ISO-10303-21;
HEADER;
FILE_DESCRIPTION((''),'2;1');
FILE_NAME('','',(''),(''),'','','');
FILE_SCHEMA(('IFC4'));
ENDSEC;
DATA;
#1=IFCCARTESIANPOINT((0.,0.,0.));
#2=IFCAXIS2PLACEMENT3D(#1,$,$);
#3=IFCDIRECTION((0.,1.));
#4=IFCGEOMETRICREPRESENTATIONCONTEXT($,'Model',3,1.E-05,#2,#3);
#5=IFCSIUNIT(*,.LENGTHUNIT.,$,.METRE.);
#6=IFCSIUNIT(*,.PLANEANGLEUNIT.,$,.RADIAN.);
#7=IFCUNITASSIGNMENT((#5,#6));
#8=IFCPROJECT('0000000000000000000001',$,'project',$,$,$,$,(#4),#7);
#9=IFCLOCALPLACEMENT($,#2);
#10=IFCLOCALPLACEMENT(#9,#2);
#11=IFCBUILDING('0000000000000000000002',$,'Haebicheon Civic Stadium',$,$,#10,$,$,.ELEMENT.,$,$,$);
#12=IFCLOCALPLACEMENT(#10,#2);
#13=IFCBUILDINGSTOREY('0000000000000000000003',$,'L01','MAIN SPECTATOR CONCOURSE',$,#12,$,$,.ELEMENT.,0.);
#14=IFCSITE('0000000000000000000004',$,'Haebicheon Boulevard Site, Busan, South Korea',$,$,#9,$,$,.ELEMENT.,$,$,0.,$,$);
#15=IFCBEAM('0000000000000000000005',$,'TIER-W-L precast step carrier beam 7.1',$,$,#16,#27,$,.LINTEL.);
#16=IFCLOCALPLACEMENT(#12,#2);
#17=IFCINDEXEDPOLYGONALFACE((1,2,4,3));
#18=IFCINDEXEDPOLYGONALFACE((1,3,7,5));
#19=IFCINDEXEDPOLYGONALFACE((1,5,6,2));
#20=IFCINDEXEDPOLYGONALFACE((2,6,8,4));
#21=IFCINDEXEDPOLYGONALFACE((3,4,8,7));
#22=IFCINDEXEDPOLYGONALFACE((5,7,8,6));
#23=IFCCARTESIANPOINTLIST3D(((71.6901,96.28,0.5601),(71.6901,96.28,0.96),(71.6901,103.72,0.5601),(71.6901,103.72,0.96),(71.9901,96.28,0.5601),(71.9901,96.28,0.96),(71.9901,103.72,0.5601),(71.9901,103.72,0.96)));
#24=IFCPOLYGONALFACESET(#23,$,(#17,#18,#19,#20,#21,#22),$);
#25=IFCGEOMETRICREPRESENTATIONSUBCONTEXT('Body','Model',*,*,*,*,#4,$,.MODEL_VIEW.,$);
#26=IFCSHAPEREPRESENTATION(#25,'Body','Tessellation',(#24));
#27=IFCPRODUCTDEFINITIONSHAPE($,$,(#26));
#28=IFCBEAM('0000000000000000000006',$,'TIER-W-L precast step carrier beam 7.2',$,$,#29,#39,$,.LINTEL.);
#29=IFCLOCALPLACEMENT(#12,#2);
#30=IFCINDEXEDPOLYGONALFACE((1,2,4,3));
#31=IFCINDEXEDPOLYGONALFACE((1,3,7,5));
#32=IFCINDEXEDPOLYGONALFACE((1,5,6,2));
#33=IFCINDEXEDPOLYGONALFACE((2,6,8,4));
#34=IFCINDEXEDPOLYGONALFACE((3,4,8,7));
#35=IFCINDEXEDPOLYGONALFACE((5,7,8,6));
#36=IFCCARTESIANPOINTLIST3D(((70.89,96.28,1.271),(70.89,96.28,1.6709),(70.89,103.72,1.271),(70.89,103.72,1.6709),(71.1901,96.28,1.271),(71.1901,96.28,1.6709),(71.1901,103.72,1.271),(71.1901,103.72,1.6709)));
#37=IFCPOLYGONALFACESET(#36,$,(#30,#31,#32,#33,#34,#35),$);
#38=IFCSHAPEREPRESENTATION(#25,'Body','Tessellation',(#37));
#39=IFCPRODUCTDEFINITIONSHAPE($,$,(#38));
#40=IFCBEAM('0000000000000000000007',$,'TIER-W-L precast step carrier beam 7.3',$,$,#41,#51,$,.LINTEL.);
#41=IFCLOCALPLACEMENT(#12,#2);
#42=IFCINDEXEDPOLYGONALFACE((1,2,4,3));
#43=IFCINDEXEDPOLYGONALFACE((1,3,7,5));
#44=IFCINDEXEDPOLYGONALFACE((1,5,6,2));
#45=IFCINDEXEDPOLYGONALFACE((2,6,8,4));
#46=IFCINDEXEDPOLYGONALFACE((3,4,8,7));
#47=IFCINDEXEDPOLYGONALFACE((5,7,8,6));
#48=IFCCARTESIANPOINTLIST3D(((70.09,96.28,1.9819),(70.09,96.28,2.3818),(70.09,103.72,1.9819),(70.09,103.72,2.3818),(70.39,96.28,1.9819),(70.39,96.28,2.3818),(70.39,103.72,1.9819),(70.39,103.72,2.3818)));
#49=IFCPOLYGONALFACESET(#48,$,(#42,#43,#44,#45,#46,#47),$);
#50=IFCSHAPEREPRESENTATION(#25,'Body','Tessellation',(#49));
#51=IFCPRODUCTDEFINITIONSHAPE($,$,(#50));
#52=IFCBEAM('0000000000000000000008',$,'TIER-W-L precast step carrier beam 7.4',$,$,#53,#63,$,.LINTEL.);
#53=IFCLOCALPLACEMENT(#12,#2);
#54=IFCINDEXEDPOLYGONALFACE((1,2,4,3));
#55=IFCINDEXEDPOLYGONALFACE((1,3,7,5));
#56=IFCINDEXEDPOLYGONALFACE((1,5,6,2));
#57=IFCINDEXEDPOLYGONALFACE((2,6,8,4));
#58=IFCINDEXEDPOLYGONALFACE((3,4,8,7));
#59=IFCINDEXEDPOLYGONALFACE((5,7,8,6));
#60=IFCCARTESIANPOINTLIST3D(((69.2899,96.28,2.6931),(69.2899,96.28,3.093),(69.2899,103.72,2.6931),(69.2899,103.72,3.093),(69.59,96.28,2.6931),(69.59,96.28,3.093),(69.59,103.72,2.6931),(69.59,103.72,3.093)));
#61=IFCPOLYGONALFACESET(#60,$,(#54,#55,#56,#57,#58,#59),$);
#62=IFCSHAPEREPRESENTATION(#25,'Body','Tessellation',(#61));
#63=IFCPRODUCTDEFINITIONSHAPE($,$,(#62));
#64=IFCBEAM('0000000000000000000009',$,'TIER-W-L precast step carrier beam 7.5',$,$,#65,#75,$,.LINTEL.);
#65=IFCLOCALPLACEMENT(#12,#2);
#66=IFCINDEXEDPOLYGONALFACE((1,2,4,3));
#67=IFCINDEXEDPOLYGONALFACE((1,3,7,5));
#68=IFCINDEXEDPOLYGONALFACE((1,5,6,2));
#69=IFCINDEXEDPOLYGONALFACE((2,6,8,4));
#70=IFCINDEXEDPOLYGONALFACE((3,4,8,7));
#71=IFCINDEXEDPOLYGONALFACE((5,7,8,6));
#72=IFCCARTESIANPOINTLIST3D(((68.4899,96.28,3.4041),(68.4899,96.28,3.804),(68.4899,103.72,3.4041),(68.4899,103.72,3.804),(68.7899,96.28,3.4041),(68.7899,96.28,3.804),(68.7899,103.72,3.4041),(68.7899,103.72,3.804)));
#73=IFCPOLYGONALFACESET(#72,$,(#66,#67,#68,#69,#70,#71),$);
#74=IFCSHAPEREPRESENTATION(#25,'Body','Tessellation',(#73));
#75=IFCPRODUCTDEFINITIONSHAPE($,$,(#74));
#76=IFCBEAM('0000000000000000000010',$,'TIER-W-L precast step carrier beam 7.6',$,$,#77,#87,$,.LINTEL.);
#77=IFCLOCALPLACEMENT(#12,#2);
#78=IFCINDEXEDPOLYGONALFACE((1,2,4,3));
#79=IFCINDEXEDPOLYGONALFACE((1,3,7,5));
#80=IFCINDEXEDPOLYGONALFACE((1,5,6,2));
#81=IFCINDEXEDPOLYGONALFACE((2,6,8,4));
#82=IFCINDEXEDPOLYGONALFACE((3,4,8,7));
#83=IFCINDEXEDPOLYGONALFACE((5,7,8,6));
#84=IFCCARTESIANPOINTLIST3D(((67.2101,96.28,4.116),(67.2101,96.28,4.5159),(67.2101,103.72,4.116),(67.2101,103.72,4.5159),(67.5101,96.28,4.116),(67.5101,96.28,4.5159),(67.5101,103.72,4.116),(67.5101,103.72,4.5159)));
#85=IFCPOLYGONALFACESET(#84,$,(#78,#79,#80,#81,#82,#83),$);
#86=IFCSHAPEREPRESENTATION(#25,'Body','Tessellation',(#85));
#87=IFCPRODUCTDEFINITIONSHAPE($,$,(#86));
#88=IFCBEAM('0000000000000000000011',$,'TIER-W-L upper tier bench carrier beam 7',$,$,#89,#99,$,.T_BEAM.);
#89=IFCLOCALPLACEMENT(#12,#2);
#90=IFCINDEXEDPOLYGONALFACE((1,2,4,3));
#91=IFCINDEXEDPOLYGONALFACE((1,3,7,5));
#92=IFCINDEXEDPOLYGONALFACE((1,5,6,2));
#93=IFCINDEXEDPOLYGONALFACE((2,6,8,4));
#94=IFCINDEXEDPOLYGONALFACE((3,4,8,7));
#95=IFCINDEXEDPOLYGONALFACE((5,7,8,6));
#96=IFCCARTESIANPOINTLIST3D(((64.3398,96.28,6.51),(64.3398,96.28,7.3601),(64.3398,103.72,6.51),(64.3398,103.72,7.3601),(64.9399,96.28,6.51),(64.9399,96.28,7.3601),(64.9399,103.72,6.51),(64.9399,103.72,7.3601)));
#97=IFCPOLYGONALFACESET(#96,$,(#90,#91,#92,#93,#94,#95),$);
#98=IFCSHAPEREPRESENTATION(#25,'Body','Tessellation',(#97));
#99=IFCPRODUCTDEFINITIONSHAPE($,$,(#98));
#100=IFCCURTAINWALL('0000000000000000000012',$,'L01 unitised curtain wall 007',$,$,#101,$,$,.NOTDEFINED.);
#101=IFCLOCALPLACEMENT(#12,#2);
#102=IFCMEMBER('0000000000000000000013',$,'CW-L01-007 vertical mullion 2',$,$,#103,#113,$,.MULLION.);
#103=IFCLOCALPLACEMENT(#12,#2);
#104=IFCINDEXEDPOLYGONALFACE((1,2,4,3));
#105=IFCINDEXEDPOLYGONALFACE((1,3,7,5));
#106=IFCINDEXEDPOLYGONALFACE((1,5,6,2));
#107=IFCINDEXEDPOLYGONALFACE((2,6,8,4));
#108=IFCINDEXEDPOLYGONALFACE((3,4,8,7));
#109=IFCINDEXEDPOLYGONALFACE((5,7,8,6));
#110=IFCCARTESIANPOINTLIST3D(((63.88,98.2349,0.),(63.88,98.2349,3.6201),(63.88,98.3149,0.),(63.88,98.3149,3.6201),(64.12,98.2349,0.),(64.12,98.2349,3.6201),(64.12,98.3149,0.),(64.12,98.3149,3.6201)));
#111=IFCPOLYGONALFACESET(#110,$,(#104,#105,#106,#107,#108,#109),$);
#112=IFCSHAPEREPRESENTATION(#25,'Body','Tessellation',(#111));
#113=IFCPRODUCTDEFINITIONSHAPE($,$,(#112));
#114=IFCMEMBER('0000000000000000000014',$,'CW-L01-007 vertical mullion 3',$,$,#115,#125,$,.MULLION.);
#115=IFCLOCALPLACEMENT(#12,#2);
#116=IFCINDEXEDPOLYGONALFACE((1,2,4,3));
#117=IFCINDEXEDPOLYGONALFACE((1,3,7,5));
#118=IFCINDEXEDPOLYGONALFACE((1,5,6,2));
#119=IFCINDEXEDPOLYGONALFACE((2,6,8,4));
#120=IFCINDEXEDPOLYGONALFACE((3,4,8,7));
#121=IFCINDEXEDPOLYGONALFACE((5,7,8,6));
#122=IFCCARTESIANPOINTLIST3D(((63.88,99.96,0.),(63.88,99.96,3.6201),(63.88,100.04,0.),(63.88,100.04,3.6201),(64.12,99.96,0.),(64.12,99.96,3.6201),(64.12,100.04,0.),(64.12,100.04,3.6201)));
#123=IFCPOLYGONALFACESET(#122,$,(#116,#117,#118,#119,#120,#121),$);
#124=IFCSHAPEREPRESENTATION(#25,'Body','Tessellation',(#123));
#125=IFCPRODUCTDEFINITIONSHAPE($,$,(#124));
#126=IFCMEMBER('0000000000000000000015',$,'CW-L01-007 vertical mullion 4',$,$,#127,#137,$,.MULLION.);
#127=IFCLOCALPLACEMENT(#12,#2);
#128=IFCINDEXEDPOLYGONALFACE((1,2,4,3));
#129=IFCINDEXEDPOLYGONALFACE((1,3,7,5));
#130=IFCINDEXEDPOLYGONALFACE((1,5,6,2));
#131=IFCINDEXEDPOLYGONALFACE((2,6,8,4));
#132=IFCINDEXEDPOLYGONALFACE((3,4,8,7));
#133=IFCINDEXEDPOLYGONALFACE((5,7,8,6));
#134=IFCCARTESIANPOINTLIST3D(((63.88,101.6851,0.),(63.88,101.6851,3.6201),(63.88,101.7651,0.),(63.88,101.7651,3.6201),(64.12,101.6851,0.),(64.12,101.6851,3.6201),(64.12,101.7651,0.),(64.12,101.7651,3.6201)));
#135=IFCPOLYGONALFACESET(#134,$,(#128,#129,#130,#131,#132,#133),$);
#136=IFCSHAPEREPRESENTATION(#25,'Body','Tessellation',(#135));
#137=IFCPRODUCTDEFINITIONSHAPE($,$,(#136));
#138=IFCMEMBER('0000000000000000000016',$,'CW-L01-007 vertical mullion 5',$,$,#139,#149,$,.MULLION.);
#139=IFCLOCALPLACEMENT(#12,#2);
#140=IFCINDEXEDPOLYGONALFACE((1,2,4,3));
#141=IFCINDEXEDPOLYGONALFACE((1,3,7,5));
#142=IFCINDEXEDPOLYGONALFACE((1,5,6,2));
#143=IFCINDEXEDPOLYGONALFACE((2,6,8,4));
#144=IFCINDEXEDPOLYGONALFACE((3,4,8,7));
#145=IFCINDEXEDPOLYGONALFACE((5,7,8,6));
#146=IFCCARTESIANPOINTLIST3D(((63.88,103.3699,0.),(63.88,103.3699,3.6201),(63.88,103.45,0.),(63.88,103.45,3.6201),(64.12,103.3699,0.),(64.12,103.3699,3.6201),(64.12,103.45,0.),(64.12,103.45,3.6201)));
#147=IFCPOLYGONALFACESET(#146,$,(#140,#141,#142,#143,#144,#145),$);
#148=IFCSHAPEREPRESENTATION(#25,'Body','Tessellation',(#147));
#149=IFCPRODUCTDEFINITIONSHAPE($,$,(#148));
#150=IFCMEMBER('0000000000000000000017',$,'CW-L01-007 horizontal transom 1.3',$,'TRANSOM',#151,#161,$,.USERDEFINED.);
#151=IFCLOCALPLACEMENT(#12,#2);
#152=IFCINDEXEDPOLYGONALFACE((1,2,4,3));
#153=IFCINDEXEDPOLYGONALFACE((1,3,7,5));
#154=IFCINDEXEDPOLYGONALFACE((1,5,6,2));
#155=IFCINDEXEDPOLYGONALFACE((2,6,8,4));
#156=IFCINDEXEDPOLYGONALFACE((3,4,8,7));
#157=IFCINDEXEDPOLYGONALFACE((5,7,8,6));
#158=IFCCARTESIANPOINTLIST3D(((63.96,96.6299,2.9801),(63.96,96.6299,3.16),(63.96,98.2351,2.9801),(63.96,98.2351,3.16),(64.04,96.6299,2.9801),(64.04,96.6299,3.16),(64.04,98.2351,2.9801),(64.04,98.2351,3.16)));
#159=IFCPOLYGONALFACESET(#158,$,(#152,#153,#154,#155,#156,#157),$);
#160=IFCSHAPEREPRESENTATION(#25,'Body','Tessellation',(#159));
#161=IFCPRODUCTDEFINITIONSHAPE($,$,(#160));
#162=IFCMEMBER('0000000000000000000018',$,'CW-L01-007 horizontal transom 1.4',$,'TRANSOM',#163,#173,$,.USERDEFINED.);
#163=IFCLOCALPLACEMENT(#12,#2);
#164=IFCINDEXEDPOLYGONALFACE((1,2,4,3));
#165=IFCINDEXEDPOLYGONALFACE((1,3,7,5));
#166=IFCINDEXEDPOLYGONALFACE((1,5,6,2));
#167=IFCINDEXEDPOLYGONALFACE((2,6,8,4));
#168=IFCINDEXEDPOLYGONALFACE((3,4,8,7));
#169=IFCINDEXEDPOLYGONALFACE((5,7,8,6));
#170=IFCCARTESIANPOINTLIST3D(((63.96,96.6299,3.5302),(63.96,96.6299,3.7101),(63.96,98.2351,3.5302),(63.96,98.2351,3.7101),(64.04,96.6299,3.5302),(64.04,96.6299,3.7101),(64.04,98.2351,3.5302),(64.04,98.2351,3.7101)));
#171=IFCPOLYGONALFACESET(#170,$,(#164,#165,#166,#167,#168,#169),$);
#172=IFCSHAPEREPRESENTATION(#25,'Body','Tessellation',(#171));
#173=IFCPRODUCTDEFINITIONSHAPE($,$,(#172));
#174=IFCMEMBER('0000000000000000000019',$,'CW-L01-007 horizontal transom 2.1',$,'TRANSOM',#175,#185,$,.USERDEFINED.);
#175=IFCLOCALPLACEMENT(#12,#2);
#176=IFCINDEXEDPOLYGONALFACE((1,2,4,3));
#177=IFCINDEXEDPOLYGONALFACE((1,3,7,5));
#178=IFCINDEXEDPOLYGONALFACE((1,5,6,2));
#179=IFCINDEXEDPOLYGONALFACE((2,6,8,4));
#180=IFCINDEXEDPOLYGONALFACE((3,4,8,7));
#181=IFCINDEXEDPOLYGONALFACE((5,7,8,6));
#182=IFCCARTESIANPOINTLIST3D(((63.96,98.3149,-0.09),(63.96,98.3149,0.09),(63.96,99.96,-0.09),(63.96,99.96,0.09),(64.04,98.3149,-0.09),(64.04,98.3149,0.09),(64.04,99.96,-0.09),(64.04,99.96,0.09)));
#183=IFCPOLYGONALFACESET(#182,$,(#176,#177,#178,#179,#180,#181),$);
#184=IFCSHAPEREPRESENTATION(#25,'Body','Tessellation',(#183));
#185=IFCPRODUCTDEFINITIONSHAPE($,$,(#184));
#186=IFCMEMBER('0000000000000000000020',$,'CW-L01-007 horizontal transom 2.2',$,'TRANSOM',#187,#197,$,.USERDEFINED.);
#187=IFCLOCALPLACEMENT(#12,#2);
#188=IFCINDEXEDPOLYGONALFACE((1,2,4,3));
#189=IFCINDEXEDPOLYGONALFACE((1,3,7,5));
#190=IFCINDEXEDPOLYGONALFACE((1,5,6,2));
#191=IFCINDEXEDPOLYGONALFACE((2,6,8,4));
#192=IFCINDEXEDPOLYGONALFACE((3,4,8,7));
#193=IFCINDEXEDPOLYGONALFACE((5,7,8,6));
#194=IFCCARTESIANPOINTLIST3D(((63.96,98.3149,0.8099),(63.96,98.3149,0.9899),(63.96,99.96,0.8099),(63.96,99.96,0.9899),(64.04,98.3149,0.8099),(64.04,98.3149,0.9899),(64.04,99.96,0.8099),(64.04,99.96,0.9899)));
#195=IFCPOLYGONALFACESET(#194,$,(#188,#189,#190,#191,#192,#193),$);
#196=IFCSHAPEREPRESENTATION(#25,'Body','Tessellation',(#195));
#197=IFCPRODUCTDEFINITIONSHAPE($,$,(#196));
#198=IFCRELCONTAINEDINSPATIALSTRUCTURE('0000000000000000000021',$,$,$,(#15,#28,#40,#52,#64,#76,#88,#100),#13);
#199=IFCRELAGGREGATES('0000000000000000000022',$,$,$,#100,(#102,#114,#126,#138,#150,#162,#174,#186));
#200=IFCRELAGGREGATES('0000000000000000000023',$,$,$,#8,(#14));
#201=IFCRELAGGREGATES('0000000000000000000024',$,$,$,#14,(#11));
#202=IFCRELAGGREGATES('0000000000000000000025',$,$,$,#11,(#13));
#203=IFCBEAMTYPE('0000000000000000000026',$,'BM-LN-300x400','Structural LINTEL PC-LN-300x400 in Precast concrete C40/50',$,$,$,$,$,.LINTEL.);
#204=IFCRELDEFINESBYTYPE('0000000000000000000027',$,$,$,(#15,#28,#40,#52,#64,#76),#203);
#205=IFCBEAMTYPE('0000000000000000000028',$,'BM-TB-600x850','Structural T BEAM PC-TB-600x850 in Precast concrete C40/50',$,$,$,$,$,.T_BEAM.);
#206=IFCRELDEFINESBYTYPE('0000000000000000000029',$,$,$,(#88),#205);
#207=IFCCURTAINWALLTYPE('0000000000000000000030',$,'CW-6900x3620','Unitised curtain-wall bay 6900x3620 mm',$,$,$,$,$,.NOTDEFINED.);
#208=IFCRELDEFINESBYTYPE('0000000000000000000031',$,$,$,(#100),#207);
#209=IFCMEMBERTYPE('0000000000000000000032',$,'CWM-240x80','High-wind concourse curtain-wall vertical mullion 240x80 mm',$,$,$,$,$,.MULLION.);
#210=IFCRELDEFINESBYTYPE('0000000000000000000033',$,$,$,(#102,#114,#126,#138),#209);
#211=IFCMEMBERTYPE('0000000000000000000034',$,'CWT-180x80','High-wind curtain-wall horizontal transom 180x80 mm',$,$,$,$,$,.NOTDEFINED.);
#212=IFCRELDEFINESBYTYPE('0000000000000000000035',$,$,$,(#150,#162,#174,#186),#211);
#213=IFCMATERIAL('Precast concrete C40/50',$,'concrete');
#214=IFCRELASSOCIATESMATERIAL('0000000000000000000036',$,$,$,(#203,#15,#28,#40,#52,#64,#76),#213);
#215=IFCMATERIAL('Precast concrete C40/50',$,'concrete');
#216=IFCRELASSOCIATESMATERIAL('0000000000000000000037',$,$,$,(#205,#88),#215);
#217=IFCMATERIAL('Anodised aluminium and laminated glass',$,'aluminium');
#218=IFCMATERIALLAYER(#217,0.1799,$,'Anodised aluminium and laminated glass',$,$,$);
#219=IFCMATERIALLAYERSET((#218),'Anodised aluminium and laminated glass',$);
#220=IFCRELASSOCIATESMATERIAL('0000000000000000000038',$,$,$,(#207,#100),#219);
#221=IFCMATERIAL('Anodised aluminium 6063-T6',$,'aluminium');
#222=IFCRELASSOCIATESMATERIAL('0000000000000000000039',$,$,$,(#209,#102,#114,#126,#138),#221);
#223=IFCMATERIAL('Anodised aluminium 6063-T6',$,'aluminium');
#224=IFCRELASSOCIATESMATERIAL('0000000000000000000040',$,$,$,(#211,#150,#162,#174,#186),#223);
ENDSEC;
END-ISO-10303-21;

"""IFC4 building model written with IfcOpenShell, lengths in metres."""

from ifc_helpers import new_model, si_unit, direction, frame, origin, origin_2d, place, context, subcontext, project, spatial, rectangle, extrude, material, layer, layer_set, material_profile, profile_set, type_object, element, aggregate, save


model = new_model("IFC4")

# Units and contexts
model_context = context("Model", 3, precision=1e-05, world=origin(), true_north=direction((0.0, 1.0)))
body_context = subcontext(model_context, "Body", "Model", "MODEL_VIEW")
ifc_project = project(units=[si_unit("LENGTHUNIT", "METRE"), si_unit("PLANEANGLEUNIT", "RADIAN")], contexts=[model_context])

# Site, building, storey
site_placement = place(None, origin())
site = spatial("IfcSite", under=ifc_project, at=site_placement, Name="Haebicheon Boulevard Site, Busan, South Korea", CompositionType="ELEMENT", RefElevation=0.0)
building_placement = place(site_placement, origin())
building = spatial("IfcBuilding", under=site, at=building_placement, Name="Haebicheon Civic Stadium", CompositionType="ELEMENT")
storey_placement = place(building_placement, origin())
storey = spatial("IfcBuildingStorey", under=building, at=storey_placement, Name="L01", Description="MAIN SPECTATOR CONCOURSE", CompositionType="ELEMENT", Elevation=0.0)

# Beams
ifc_material_1 = material(Name="Precast concrete C40/50", Category="concrete")
ifc_material_profile_1 = material_profile(ifc_material_1, rectangle(XDim=0.3, YDim=0.3999, at=origin_2d()), Name="PC-LN-300x400")
ifc_profile_set_1 = profile_set([ifc_material_profile_1], Name="Precast concrete C40/50")
beam_type_1 = type_object("IfcBeamType", Name="BM-LN-300x400", Description="Structural LINTEL PC-LN-300x400 in Precast concrete C40/50", PredefinedType="LINTEL", material=ifc_profile_set_1)
for number, where, z_axis, x_axis, name in (
    (1, (71.8401, 96.28, 0.76), (0.0, 1.0, 0.0), (-1.0, 0.0, 0.0), "TIER-W-L precast step carrier beam 7.1"),
    (2, (71.04, 96.28, 1.4709), (0.0, 1.0, 0.0), (-1.0, 0.0, 0.0), "TIER-W-L precast step carrier beam 7.2"),
    (3, (70.24, 96.28, 2.1819), (0.0, 1.0, 0.0), (-1.0, 0.0, 0.0), "TIER-W-L precast step carrier beam 7.3"),
    (4, (69.4399, 96.28, 2.8931), (0.0, 1.0, 0.0), (-1.0, 0.0, 0.0), "TIER-W-L precast step carrier beam 7.4"),
    (5, (68.6399, 96.28, 3.604), (0.0, 1.0, 0.0), (-1.0, 0.0, 0.0), "TIER-W-L precast step carrier beam 7.5"),
    (6, (67.3601, 96.28, 4.3159), (0.0, 1.0, 0.0), (-1.0, 0.0, 0.0), "TIER-W-L precast step carrier beam 7.6"),
):
    element("IfcBeam", number, at=place(storey_placement, frame(where, z_axis=z_axis, x_axis=x_axis)), inside=storey, type_object=beam_type_1, material=ifc_profile_set_1, Name=name, PredefinedType="LINTEL", context=body_context, shape_type="SweptSolid", body=[
        extrude(rectangle(XDim=0.3, YDim=0.3999, at=origin_2d()), origin(), (0.0, 0.0, 1.0), 7.4399),
    ])
ifc_material_2 = material(Name="Precast concrete C40/50", Category="concrete")
ifc_material_profile_2 = material_profile(ifc_material_2, rectangle(XDim=0.6001, YDim=0.8501, at=origin_2d()), Name="PC-TB-600x850")
ifc_profile_set_2 = profile_set([ifc_material_profile_2], Name="Precast concrete C40/50")
beam_type_2 = type_object("IfcBeamType", Name="BM-TB-600x850", Description="Structural T BEAM PC-TB-600x850 in Precast concrete C40/50", PredefinedType="T_BEAM", material=ifc_profile_set_2)
beam_placement = place(storey_placement, frame((64.6399, 96.28, 6.9351), z_axis=(0.0, 1.0, 0.0), x_axis=(-1.0, 0.0, 0.0)))
element("IfcBeam", 7, at=beam_placement, inside=storey, type_object=beam_type_2, material=ifc_profile_set_2, Name="TIER-W-L upper tier bench carrier beam 7", PredefinedType="T_BEAM", context=body_context, shape_type="SweptSolid", body=[
    extrude(rectangle(XDim=0.6001, YDim=0.8501, at=origin_2d()), origin(), (0.0, 0.0, 1.0), 7.4399),
])

# Curtain wall, members
ifc_material_3 = material(Name="Anodised aluminium and laminated glass", Category="aluminium")
ifc_layer_1 = layer(ifc_material_3, 0.1799, Name="Anodised aluminium and laminated glass")
ifc_layer_set_1 = layer_set([ifc_layer_1], Name="Anodised aluminium and laminated glass")
curtain_wall_type = type_object("IfcCurtainWallType", Name="CW-6900x3620", Description="Unitised curtain-wall bay 6900x3620 mm", PredefinedType="NOTDEFINED", material=ifc_layer_set_1)
curtain_wall_placement = place(storey_placement, origin())
curtain_wall = element("IfcCurtainWall", 8, at=curtain_wall_placement, inside=storey, type_object=curtain_wall_type, material=ifc_layer_set_1, Name="L01 unitised curtain wall 007", PredefinedType="NOTDEFINED")
ifc_material_4 = material(Name="Anodised aluminium 6063-T6", Category="aluminium")
ifc_material_profile_3 = material_profile(ifc_material_4, rectangle(XDim=0.0801, YDim=0.24, at=origin_2d()), Name="ALU-MULL-80x240")
ifc_profile_set_3 = profile_set([ifc_material_profile_3], Name="Anodised aluminium 6063-T6")
member_type_1 = type_object("IfcMemberType", Name="CWM-240x80", Description="High-wind concourse curtain-wall vertical mullion 240x80 mm", PredefinedType="MULLION", material=ifc_profile_set_3)
member_1_placement = place(storey_placement, frame((64.0, 98.2749, 0.0), z_axis=(0.0, 0.0, 1.0), x_axis=(0.0, 1.0, 0.0)))
member_1 = element("IfcMember", 9, at=member_1_placement, type_object=member_type_1, material=ifc_profile_set_3, Name="CW-L01-007 vertical mullion 2", PredefinedType="MULLION", context=body_context, shape_type="SweptSolid", body=[
    extrude(rectangle(XDim=0.0801, YDim=0.24, at=origin_2d()), origin(), (0.0, 0.0, 1.0), 3.6201),
])
member_2_placement = place(storey_placement, frame((64.0, 100.0, 0.0), z_axis=(0.0, 0.0, 1.0), x_axis=(0.0, 1.0, 0.0)))
member_2 = element("IfcMember", 10, at=member_2_placement, type_object=member_type_1, material=ifc_profile_set_3, Name="CW-L01-007 vertical mullion 3", PredefinedType="MULLION", context=body_context, shape_type="SweptSolid", body=[
    extrude(rectangle(XDim=0.0801, YDim=0.24, at=origin_2d()), origin(), (0.0, 0.0, 1.0), 3.6201),
])
member_3_placement = place(storey_placement, frame((64.0, 101.7251, 0.0), z_axis=(0.0, 0.0, 1.0), x_axis=(0.0, 1.0, 0.0)))
member_3 = element("IfcMember", 11, at=member_3_placement, type_object=member_type_1, material=ifc_profile_set_3, Name="CW-L01-007 vertical mullion 4", PredefinedType="MULLION", context=body_context, shape_type="SweptSolid", body=[
    extrude(rectangle(XDim=0.0801, YDim=0.24, at=origin_2d()), origin(), (0.0, 0.0, 1.0), 3.6201),
])
member_4_placement = place(storey_placement, frame((64.0, 103.4099, 0.0), z_axis=(0.0, 0.0, 1.0), x_axis=(0.0, 1.0, 0.0)))
member_4 = element("IfcMember", 12, at=member_4_placement, type_object=member_type_1, material=ifc_profile_set_3, Name="CW-L01-007 vertical mullion 5", PredefinedType="MULLION", context=body_context, shape_type="SweptSolid", body=[
    extrude(rectangle(XDim=0.0801, YDim=0.24, at=origin_2d()), origin(), (0.0, 0.0, 1.0), 3.6201),
])
ifc_material_5 = material(Name="Anodised aluminium 6063-T6", Category="aluminium")
ifc_material_profile_4 = material_profile(ifc_material_5, rectangle(XDim=0.0801, YDim=0.1799, at=origin_2d()), Name="ALU-TRAN-80x180")
ifc_profile_set_4 = profile_set([ifc_material_profile_4], Name="Anodised aluminium 6063-T6")
member_type_2 = type_object("IfcMemberType", Name="CWT-180x80", Description="High-wind curtain-wall horizontal transom 180x80 mm", PredefinedType="NOTDEFINED", material=ifc_profile_set_4)
member_5_placement = place(storey_placement, frame((64.0, 96.6299, 3.0701), z_axis=(0.0, 1.0, 0.0), x_axis=(-1.0, 0.0, 0.0)))
member_5 = element("IfcMember", 13, at=member_5_placement, type_object=member_type_2, material=ifc_profile_set_4, Name="CW-L01-007 horizontal transom 1.3", ObjectType="TRANSOM", PredefinedType="USERDEFINED", context=body_context, shape_type="SweptSolid", body=[
    extrude(rectangle(XDim=0.0801, YDim=0.1799, at=origin_2d()), origin(), (0.0, 0.0, 1.0), 1.6052),
])
member_6_placement = place(storey_placement, frame((64.0, 96.6299, 3.6201), z_axis=(0.0, 1.0, 0.0), x_axis=(-1.0, 0.0, 0.0)))
member_6 = element("IfcMember", 14, at=member_6_placement, type_object=member_type_2, material=ifc_profile_set_4, Name="CW-L01-007 horizontal transom 1.4", ObjectType="TRANSOM", PredefinedType="USERDEFINED", context=body_context, shape_type="SweptSolid", body=[
    extrude(rectangle(XDim=0.0801, YDim=0.1799, at=origin_2d()), origin(), (0.0, 0.0, 1.0), 1.6052),
])
member_7_placement = place(storey_placement, frame((64.0, 98.3149, 0.0), z_axis=(0.0, 1.0, 0.0), x_axis=(-1.0, 0.0, 0.0)))
member_7 = element("IfcMember", 15, at=member_7_placement, type_object=member_type_2, material=ifc_profile_set_4, Name="CW-L01-007 horizontal transom 2.1", ObjectType="TRANSOM", PredefinedType="USERDEFINED", context=body_context, shape_type="SweptSolid", body=[
    extrude(rectangle(XDim=0.0801, YDim=0.1799, at=origin_2d()), origin(), (0.0, 0.0, 1.0), 1.645),
])
member_8_placement = place(storey_placement, frame((64.0, 98.3149, 0.8999), z_axis=(0.0, 1.0, 0.0), x_axis=(-1.0, 0.0, 0.0)))
member_8 = element("IfcMember", 16, at=member_8_placement, type_object=member_type_2, material=ifc_profile_set_4, Name="CW-L01-007 horizontal transom 2.2", ObjectType="TRANSOM", PredefinedType="USERDEFINED", context=body_context, shape_type="SweptSolid", body=[
    extrude(rectangle(XDim=0.0801, YDim=0.1799, at=origin_2d()), origin(), (0.0, 0.0, 1.0), 1.645),
])
aggregate(curtain_wall, [member_1, member_2, member_3, member_4, member_5, member_6, member_7, member_8])

save(model, "model.ifc")
